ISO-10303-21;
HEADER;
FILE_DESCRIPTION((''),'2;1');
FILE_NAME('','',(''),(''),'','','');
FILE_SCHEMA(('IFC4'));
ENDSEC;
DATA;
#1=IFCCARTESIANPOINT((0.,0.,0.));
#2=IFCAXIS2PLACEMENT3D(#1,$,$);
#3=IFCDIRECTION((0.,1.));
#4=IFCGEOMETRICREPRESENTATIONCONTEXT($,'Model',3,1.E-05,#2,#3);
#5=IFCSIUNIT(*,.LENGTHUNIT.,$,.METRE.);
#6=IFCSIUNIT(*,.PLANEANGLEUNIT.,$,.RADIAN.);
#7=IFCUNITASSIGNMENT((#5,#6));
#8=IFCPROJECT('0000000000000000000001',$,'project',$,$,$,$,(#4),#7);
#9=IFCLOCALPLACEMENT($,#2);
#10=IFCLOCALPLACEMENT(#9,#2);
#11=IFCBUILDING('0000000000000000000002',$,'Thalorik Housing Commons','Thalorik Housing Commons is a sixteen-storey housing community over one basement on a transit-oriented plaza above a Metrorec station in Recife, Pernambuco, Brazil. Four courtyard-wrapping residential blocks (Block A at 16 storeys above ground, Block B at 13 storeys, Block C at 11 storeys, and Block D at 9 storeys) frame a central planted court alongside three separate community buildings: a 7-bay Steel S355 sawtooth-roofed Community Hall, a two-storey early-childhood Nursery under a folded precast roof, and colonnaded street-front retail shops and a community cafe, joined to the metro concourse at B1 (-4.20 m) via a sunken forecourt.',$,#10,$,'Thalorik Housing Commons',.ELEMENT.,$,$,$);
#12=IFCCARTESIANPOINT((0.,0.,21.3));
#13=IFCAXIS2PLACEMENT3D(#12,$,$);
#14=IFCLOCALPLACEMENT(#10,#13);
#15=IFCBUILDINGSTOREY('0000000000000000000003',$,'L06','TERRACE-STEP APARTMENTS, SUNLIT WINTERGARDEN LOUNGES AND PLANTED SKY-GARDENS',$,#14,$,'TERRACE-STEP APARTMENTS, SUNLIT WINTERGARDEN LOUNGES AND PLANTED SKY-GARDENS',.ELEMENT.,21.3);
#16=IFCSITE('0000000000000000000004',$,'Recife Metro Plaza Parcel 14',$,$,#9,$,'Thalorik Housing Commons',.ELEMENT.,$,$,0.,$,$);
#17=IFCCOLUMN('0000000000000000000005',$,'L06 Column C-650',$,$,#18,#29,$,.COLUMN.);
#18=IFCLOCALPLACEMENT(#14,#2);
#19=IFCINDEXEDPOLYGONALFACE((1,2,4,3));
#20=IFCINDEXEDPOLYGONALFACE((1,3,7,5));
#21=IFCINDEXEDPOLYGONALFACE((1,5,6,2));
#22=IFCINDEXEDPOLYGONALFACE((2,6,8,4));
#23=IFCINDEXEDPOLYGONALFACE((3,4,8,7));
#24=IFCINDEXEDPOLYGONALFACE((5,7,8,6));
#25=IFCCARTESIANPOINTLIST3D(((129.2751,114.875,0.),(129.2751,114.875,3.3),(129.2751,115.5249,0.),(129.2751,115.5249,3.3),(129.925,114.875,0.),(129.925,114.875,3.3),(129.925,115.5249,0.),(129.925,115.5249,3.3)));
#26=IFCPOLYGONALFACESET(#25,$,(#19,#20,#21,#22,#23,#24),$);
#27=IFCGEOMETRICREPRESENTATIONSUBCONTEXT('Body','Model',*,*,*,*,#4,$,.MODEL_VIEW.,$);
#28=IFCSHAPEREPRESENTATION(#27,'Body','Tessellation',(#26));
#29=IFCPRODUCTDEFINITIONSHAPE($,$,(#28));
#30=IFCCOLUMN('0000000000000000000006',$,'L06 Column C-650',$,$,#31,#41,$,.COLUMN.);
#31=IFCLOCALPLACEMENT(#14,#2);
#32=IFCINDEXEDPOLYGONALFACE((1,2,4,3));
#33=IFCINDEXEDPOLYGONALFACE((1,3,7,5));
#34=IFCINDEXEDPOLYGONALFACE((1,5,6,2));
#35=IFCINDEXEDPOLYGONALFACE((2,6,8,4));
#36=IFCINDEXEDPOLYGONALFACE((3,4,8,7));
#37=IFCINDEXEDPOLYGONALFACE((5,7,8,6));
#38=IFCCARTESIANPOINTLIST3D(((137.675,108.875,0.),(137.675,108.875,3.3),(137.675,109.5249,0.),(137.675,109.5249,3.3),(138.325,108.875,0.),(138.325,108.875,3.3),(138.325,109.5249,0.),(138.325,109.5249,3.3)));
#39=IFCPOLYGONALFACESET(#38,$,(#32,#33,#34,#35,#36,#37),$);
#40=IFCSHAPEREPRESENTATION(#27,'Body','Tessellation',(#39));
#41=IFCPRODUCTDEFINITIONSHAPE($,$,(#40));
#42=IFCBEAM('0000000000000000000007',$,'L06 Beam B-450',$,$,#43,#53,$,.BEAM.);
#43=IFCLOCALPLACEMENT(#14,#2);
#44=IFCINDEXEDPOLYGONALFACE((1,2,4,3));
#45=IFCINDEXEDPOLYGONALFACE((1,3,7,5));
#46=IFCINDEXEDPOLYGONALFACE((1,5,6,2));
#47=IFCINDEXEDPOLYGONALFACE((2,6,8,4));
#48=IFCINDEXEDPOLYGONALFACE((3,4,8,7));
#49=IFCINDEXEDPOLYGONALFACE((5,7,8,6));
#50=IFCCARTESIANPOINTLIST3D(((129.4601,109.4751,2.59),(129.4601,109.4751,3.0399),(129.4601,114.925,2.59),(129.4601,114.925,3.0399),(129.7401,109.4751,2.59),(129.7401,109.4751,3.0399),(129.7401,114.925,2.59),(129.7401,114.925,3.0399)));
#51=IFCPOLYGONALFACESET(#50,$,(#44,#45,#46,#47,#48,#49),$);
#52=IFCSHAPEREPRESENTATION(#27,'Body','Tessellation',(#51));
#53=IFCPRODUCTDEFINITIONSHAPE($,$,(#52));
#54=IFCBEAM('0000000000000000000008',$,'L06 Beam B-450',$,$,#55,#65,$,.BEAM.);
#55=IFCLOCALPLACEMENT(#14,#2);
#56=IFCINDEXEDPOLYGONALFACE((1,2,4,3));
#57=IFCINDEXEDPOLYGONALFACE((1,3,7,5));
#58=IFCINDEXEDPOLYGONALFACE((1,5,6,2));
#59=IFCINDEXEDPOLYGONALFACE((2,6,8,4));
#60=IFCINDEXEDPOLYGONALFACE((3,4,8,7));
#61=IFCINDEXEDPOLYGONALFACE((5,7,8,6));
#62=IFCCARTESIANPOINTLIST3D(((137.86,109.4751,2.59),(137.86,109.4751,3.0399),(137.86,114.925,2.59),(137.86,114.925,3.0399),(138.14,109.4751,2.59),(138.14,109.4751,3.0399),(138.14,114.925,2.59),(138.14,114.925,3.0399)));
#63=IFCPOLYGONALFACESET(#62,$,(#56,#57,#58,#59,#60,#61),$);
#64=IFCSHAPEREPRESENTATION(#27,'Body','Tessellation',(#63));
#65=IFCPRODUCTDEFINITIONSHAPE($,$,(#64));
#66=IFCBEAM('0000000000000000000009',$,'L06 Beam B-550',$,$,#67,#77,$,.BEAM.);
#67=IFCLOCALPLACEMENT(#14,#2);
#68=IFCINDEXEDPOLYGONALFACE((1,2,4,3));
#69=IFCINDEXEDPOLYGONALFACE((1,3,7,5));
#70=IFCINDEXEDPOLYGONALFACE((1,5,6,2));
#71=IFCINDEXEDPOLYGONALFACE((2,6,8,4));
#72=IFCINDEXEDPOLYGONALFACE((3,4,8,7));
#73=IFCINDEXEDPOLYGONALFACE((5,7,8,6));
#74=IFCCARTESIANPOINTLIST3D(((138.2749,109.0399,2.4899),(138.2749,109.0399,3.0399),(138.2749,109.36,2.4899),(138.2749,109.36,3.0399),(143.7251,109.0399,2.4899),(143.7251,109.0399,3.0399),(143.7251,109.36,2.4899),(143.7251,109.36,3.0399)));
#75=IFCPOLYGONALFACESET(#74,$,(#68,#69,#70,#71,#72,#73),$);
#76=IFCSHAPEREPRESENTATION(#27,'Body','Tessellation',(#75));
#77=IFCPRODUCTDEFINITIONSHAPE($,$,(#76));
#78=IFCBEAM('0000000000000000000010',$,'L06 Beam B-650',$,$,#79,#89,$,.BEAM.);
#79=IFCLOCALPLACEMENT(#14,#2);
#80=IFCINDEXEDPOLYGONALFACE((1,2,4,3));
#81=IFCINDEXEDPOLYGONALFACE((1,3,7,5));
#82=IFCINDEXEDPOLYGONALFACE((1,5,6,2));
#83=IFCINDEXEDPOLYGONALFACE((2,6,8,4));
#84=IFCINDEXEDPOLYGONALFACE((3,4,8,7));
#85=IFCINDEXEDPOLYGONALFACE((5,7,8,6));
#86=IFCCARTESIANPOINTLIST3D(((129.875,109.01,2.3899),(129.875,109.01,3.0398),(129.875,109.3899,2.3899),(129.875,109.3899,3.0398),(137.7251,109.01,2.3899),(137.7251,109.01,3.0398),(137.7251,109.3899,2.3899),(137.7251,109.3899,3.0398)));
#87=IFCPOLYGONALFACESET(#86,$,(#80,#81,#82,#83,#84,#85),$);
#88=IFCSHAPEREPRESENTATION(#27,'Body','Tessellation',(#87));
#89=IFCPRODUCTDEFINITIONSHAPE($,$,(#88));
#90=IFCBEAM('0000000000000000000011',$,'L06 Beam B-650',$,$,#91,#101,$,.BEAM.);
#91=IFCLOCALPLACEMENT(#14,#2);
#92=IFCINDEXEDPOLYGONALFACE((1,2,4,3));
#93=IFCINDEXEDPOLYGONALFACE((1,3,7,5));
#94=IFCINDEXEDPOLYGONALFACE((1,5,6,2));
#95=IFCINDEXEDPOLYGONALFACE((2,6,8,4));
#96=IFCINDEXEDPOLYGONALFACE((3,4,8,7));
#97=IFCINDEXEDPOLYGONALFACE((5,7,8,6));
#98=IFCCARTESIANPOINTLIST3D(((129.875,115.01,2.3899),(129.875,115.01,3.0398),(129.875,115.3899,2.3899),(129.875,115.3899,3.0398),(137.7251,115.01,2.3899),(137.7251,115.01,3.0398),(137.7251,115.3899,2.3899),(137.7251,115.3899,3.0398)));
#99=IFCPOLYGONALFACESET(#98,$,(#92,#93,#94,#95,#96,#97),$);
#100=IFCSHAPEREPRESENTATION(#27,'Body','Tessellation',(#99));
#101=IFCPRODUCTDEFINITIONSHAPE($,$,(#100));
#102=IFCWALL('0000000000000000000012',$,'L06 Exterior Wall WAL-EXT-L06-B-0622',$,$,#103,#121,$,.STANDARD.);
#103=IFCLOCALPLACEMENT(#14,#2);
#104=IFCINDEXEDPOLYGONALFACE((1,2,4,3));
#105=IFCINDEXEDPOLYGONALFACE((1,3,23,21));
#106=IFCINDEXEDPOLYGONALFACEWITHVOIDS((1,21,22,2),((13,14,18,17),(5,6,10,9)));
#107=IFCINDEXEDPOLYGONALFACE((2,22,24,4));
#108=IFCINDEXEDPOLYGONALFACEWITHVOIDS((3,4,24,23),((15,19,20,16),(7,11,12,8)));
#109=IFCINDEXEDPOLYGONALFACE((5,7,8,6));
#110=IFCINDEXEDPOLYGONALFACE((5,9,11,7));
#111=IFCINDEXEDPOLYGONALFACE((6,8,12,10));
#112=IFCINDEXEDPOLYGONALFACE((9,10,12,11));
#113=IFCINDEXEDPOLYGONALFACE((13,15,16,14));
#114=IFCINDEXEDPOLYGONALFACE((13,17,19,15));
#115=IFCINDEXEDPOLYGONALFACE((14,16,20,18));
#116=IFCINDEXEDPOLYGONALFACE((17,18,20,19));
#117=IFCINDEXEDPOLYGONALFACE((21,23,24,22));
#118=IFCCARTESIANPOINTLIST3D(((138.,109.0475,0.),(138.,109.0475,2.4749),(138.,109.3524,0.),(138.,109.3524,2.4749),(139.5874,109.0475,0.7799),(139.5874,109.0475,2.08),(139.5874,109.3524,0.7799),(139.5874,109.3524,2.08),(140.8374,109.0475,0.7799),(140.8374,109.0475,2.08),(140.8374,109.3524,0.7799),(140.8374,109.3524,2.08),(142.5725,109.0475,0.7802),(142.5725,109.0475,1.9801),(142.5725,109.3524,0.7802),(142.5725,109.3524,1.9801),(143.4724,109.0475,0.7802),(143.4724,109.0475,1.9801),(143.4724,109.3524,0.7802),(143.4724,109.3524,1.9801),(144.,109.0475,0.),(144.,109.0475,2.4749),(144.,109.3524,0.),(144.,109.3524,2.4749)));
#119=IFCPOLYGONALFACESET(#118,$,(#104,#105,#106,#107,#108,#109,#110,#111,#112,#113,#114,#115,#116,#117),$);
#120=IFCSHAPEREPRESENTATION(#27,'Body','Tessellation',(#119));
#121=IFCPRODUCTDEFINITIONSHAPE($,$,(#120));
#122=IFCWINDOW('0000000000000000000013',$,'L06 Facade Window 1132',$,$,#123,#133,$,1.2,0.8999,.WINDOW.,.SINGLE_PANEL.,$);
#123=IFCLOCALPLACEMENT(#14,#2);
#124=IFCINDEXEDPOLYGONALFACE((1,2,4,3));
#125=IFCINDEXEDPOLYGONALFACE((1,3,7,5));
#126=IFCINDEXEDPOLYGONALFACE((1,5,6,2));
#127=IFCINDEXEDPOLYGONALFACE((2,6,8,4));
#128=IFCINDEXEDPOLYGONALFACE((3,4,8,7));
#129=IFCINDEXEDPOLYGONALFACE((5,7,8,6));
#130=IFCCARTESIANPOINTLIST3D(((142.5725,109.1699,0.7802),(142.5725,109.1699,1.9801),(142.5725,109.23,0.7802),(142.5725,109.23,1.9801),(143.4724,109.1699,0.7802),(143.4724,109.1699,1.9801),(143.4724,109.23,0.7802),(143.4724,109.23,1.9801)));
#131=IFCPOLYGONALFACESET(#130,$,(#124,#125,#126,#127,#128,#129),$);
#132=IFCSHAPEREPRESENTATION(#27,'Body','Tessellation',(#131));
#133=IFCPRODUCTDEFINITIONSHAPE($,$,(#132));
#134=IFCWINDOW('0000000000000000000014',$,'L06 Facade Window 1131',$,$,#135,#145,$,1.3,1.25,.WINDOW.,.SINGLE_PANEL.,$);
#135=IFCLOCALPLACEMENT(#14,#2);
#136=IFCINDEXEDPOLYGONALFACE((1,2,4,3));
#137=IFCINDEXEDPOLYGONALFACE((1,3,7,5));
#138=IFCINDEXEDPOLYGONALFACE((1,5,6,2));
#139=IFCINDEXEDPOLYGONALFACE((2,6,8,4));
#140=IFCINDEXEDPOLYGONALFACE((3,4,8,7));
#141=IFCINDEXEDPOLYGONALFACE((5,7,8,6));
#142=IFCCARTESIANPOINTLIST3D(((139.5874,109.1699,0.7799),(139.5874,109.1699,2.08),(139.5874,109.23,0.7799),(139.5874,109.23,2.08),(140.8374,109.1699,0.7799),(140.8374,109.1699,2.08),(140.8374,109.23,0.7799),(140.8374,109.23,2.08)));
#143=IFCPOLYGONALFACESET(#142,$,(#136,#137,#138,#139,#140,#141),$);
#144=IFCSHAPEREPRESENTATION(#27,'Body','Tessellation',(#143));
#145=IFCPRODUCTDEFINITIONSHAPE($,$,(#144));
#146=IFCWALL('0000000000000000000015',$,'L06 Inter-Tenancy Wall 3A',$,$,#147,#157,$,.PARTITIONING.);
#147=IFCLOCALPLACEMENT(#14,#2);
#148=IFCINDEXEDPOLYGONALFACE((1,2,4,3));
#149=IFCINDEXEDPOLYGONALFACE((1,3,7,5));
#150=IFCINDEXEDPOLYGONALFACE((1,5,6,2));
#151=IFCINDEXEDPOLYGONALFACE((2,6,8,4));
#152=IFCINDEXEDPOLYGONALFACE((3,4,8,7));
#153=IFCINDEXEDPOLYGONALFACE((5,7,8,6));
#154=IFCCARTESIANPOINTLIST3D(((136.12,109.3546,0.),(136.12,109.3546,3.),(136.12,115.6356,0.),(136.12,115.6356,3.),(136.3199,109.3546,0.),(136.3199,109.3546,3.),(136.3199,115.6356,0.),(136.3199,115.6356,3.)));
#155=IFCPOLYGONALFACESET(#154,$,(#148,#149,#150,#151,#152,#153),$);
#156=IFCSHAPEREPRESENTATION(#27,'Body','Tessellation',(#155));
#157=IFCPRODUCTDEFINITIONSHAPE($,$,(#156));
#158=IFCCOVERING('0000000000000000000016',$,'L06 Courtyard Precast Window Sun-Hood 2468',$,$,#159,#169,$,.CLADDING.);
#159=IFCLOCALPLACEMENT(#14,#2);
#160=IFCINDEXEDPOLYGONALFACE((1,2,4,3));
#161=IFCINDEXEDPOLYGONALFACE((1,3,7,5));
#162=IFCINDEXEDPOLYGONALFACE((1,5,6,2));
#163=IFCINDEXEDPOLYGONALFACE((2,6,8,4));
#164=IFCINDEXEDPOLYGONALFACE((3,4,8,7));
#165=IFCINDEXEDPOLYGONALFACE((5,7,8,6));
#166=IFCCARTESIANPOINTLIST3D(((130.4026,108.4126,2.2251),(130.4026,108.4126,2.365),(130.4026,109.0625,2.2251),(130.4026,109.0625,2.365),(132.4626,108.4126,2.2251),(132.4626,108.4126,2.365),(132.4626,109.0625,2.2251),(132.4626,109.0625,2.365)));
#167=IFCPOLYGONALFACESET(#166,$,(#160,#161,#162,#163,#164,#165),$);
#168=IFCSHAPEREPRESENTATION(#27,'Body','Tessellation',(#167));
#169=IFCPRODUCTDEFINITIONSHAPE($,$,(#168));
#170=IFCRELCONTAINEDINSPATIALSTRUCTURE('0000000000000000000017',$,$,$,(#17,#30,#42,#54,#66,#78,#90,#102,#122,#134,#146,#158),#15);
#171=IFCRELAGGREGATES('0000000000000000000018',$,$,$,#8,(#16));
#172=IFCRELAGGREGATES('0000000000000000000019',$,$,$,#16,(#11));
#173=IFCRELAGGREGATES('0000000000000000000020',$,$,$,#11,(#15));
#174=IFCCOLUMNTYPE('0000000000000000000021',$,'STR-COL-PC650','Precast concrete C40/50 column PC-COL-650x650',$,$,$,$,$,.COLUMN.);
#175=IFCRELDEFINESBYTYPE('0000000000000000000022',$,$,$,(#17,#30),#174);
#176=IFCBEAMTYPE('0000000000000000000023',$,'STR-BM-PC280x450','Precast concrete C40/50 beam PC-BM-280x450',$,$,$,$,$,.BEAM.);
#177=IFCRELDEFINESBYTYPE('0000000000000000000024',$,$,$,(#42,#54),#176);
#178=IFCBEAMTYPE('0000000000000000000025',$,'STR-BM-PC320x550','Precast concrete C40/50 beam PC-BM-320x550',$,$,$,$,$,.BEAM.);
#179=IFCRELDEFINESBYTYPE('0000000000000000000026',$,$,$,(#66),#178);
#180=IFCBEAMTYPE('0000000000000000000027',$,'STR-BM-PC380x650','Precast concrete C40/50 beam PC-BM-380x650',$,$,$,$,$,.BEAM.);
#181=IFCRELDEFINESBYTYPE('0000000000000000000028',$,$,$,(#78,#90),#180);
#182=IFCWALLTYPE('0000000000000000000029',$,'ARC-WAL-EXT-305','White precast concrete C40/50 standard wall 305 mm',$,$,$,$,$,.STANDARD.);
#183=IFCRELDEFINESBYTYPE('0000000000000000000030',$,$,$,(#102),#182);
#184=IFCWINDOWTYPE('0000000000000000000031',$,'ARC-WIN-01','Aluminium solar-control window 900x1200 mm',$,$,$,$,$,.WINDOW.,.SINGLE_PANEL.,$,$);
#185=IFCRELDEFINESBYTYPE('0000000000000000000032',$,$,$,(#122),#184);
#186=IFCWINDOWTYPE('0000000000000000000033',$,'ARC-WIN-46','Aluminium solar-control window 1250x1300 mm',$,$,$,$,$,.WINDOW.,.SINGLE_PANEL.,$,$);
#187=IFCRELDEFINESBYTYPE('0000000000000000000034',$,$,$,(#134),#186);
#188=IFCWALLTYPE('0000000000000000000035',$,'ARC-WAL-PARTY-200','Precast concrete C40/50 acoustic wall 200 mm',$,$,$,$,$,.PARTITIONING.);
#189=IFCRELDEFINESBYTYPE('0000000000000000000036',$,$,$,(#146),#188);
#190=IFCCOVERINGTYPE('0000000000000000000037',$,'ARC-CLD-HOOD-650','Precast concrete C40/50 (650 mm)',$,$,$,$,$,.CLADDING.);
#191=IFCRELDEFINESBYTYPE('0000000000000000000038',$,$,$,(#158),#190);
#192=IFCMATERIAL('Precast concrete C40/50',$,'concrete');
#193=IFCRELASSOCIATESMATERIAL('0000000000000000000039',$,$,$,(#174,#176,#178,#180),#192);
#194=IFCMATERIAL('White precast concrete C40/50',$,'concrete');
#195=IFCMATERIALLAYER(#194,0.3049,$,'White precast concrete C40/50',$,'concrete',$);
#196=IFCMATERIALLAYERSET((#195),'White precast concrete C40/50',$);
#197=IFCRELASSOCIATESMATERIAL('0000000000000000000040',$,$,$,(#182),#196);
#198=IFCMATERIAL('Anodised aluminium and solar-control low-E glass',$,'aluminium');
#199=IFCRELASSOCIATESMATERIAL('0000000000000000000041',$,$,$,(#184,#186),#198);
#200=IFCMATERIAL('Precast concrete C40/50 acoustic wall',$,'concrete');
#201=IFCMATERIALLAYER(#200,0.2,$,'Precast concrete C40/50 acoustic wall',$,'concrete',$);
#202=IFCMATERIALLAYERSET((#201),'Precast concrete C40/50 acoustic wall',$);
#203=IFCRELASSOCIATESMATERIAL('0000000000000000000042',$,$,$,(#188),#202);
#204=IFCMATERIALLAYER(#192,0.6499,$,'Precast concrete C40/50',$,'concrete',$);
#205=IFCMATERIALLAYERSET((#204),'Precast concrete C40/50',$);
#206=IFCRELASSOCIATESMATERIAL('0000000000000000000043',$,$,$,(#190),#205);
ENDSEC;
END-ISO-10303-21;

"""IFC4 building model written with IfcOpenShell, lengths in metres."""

from ifc_helpers import new_model, si_unit, direction, frame, frame_2d, origin, origin_2d, place, context, subcontext, project, spatial, rectangle, extrude, material, layer, layer_set, material_profile, profile_set, type_object, element, fill, save


model = new_model("IFC4")

# Units and contexts
model_context = context("Model", 3, precision=1e-05, world=origin(), true_north=direction((0.0, 1.0)))
body_context = subcontext(model_context, "Body", "Model", "MODEL_VIEW")
ifc_project = project(units=[si_unit("LENGTHUNIT", "METRE"), si_unit("PLANEANGLEUNIT", "RADIAN")], contexts=[model_context])

# Site, building, storey
site_placement = place(None, origin())
site = spatial("IfcSite", under=ifc_project, at=site_placement, Name="Recife Metro Plaza Parcel 14", LongName="Thalorik Housing Commons", CompositionType="ELEMENT", RefElevation=0.0)
building_placement = place(site_placement, origin())
building = spatial("IfcBuilding", under=site, at=building_placement, Name="Thalorik Housing Commons", Description="Thalorik Housing Commons is a sixteen-storey housing community over one basement on a transit-oriented plaza above a Metrorec station in Recife, Pernambuco, Brazil. Four courtyard-wrapping residential blocks (Block A at 16 storeys above ground, Block B at 13 storeys, Block C at 11 storeys, and Block D at 9 storeys) frame a central planted court alongside three separate community buildings: a 7-bay Steel S355 sawtooth-roofed Community Hall, a two-storey early-childhood Nursery under a folded precast roof, and colonnaded street-front retail shops and a community cafe, joined to the metro concourse at B1 (-4.20 m) via a sunken forecourt.", LongName="Thalorik Housing Commons", CompositionType="ELEMENT")
storey_placement = place(building_placement, frame((0.0, 0.0, 21.3)))
storey = spatial("IfcBuildingStorey", under=building, at=storey_placement, Name="L06", Description="TERRACE-STEP APARTMENTS, SUNLIT WINTERGARDEN LOUNGES AND PLANTED SKY-GARDENS", LongName="TERRACE-STEP APARTMENTS, SUNLIT WINTERGARDEN LOUNGES AND PLANTED SKY-GARDENS", CompositionType="ELEMENT", Elevation=21.3)

# Columns
ifc_material_1 = material(Name="Precast concrete C40/50", Category="concrete")
ifc_material_profile_1 = material_profile(ifc_material_1, rectangle(XDim=0.6499, YDim=0.6499, at=origin_2d()), Name="PC 650x650", Category="concrete")
ifc_profile_set_1 = profile_set([ifc_material_profile_1], Name="Precast concrete C40/50")
column_type = type_object("IfcColumnType", Name="STR-COL-PC650", Description="Precast concrete C40/50 column PC-COL-650x650", PredefinedType="COLUMN", material=ifc_profile_set_1)
for number, where, z_axis, x_axis, name in (
    (1, (129.6001, 115.2, 0.0), (0.0, 0.0, 1.0), (1.0, 0.0, 0.0), "L06 Column C-650"),
    (2, (138.0, 109.2, 0.0), (0.0, 0.0, 1.0), (1.0, 0.0, 0.0), "L06 Column C-650"),
):
    element("IfcColumn", number, at=place(storey_placement, frame(where, z_axis=z_axis, x_axis=x_axis)), inside=storey, type_object=column_type, Name=name, PredefinedType="COLUMN", context=body_context, shape_type="SweptSolid", body=[
        extrude(rectangle(XDim=0.6499, YDim=0.6499, at=origin_2d()), origin(), (0.0, 0.0, 1.0), 3.3),
    ])

# Beams
ifc_material_profile_2 = material_profile(ifc_material_1, rectangle(XDim=0.28, YDim=0.45, at=origin_2d()), Name="PC 280x450", Category="concrete")
ifc_profile_set_2 = profile_set([ifc_material_profile_2], Name="Precast concrete C40/50")
beam_type_1 = type_object("IfcBeamType", Name="STR-BM-PC280x450", Description="Precast concrete C40/50 beam PC-BM-280x450", PredefinedType="BEAM", material=ifc_profile_set_2)
for number, where, z_axis, x_axis, name in (
    (3, (129.6001, 109.4751, 2.8149), (0.0, 1.0, 0.0), (-1.0, 0.0, 0.0), "L06 Beam B-450"),
    (4, (138.0, 109.4751, 2.8149), (0.0, 1.0, 0.0), (-1.0, 0.0, 0.0), "L06 Beam B-450"),
):
    element("IfcBeam", number, at=place(storey_placement, frame(where, z_axis=z_axis, x_axis=x_axis)), inside=storey, type_object=beam_type_1, Name=name, PredefinedType="BEAM", context=body_context, shape_type="SweptSolid", body=[
        extrude(rectangle(XDim=0.28, YDim=0.45, at=origin_2d()), origin(), (0.0, 0.0, 1.0), 5.45),
    ])
ifc_material_profile_3 = material_profile(ifc_material_1, rectangle(XDim=0.3201, YDim=0.55, at=origin_2d()), Name="PC 320x550", Category="concrete")
ifc_profile_set_3 = profile_set([ifc_material_profile_3], Name="Precast concrete C40/50")
beam_type_2 = type_object("IfcBeamType", Name="STR-BM-PC320x550", Description="Precast concrete C40/50 beam PC-BM-320x550", PredefinedType="BEAM", material=ifc_profile_set_3)
beam_placement = place(storey_placement, frame((138.2749, 109.2, 2.7649), z_axis=(1.0, 0.0, 0.0), x_axis=(0.0, 1.0, 0.0)))
element("IfcBeam", 5, at=beam_placement, inside=storey, type_object=beam_type_2, Name="L06 Beam B-550", PredefinedType="BEAM", context=body_context, shape_type="SweptSolid", body=[
    extrude(rectangle(XDim=0.3201, YDim=0.55, at=origin_2d()), origin(), (0.0, 0.0, 1.0), 5.4502),
])
ifc_material_profile_4 = material_profile(ifc_material_1, rectangle(XDim=0.3799, YDim=0.6499, at=origin_2d()), Name="PC 380x650", Category="concrete")
ifc_profile_set_4 = profile_set([ifc_material_profile_4], Name="Precast concrete C40/50")
beam_type_3 = type_object("IfcBeamType", Name="STR-BM-PC380x650", Description="Precast concrete C40/50 beam PC-BM-380x650", PredefinedType="BEAM", material=ifc_profile_set_4)
for number, where, z_axis, x_axis, name in (
    (6, (129.875, 109.2, 2.7148), (1.0, 0.0, 0.0), (0.0, 1.0, 0.0), "L06 Beam B-650"),
    (7, (129.875, 115.2, 2.7148), (1.0, 0.0, 0.0), (0.0, 1.0, 0.0), "L06 Beam B-650"),
):
    element("IfcBeam", number, at=place(storey_placement, frame(where, z_axis=z_axis, x_axis=x_axis)), inside=storey, type_object=beam_type_3, Name=name, PredefinedType="BEAM", context=body_context, shape_type="SweptSolid", body=[
        extrude(rectangle(XDim=0.3799, YDim=0.6499, at=origin_2d()), origin(), (0.0, 0.0, 1.0), 7.8501),
    ])

# Wall, openings, windows
ifc_material_2 = material(Name="White precast concrete C40/50", Category="concrete")
ifc_layer_1 = layer(ifc_material_2, 0.3049, Name="White precast concrete C40/50", Category="concrete")
ifc_layer_set_1 = layer_set([ifc_layer_1], Name="White precast concrete C40/50")
wall_type_1 = type_object("IfcWallType", Name="ARC-WAL-EXT-305", Description="White precast concrete C40/50 standard wall 305 mm", PredefinedType="STANDARD", material=ifc_layer_set_1)
wall_1_placement = place(storey_placement, frame((138.0, 109.2, 0.0), z_axis=(0.0, 0.0, 1.0), x_axis=(1.0, 0.0, 0.0)))
wall_1 = element("IfcWall", 8, at=wall_1_placement, inside=storey, type_object=wall_type_1, Name="L06 Exterior Wall WAL-EXT-L06-B-0622", PredefinedType="STANDARD", context=body_context, shape_type="SweptSolid", body=[
    extrude(rectangle(XDim=6.0, YDim=0.3049, at=frame_2d((3.0, 0.0))), origin(), (0.0, 0.0, 1.0), 2.4749),
])
opening_1_placement = place(wall_1_placement, frame((1.5874, 0.0, 0.78)))
opening_1 = element("IfcOpeningElement", 9, at=opening_1_placement, cuts=wall_1, PredefinedType="OPENING", context=body_context, shape_type="SweptSolid", body=[
    extrude(rectangle(XDim=1.25, YDim=1.3, at=frame_2d((0.625, 0.6499))), frame((0.0, 0.1626, 0.0), z_axis=(0.0, -1.0, 0.0), x_axis=(1.0, 0.0, 0.0)), (0.0, 0.0, 1.0), 0.325),
])
opening_2_placement = place(wall_1_placement, frame((4.5725, 0.0, 0.78)))
opening_2 = element("IfcOpeningElement", 10, at=opening_2_placement, cuts=wall_1, PredefinedType="OPENING", context=body_context, shape_type="SweptSolid", body=[
    extrude(rectangle(XDim=0.8999, YDim=1.2, at=frame_2d((0.45, 0.6001))), frame((0.0, 0.1626, 0.0), z_axis=(0.0, -1.0, 0.0), x_axis=(1.0, 0.0, 0.0)), (0.0, 0.0, 1.0), 0.325),
])
ifc_material_3 = material(Name="Anodised aluminium and solar-control low-E glass", Category="aluminium")
window_type_1 = type_object("IfcWindowType", Name="ARC-WIN-01", Description="Aluminium solar-control window 900x1200 mm", PartitioningType="SINGLE_PANEL", PredefinedType="WINDOW", material=ifc_material_3)
window_1_placement = place(opening_2_placement, origin())
window_1 = element("IfcWindow", 11, at=window_1_placement, inside=storey, type_object=window_type_1, Name="L06 Facade Window 1132", OverallHeight=1.2, OverallWidth=0.8999, PartitioningType="SINGLE_PANEL", PredefinedType="WINDOW", context=body_context, shape_type="SweptSolid", body=[
    extrude(rectangle(XDim=0.8999, YDim=1.2, at=frame_2d((0.45, 0.6001))), frame((0.0, 0.03, 0.0), z_axis=(0.0, -1.0, 0.0), x_axis=(1.0, 0.0, 0.0)), (0.0, 0.0, 1.0), 0.0601),
])
fill(opening_2, window_1)
window_type_2 = type_object("IfcWindowType", Name="ARC-WIN-46", Description="Aluminium solar-control window 1250x1300 mm", PartitioningType="SINGLE_PANEL", PredefinedType="WINDOW", material=ifc_material_3)
window_2_placement = place(opening_1_placement, origin())
window_2 = element("IfcWindow", 12, at=window_2_placement, inside=storey, type_object=window_type_2, Name="L06 Facade Window 1131", OverallHeight=1.3, OverallWidth=1.25, PartitioningType="SINGLE_PANEL", PredefinedType="WINDOW", context=body_context, shape_type="SweptSolid", body=[
    extrude(rectangle(XDim=1.25, YDim=1.3, at=frame_2d((0.625, 0.6499))), frame((0.0, 0.03, 0.0), z_axis=(0.0, -1.0, 0.0), x_axis=(1.0, 0.0, 0.0)), (0.0, 0.0, 1.0), 0.0601),
])
fill(opening_1, window_2)

# Wall
ifc_material_4 = material(Name="Precast concrete C40/50 acoustic wall", Category="concrete")
ifc_layer_2 = layer(ifc_material_4, 0.2, Name="Precast concrete C40/50 acoustic wall", Category="concrete")
ifc_layer_set_2 = layer_set([ifc_layer_2], Name="Precast concrete C40/50 acoustic wall")
wall_type_2 = type_object("IfcWallType", Name="ARC-WAL-PARTY-200", Description="Precast concrete C40/50 acoustic wall 200 mm", PredefinedType="PARTITIONING", material=ifc_layer_set_2)
wall_2_placement = place(storey_placement, frame((136.22, 109.3545, 0.0), z_axis=(0.0, 0.0, 1.0), x_axis=(0.0, 1.0, 0.0)))
element("IfcWall", 13, at=wall_2_placement, inside=storey, type_object=wall_type_2, Name="L06 Inter-Tenancy Wall 3A", PredefinedType="PARTITIONING", context=body_context, shape_type="SweptSolid", body=[
    extrude(rectangle(XDim=6.281, YDim=0.2, at=frame_2d((3.1406, 0.0))), origin(), (0.0, 0.0, 1.0), 3.0),
])

# Covering
ifc_layer_3 = layer(ifc_material_1, 0.6499, Name="Precast concrete C40/50", Category="concrete")
ifc_layer_set_3 = layer_set([ifc_layer_3], Name="Precast concrete C40/50")
covering_type = type_object("IfcCoveringType", Name="ARC-CLD-HOOD-650", Description="Precast concrete C40/50 (650 mm)", PredefinedType="CLADDING", material=ifc_layer_set_3)
covering_1_placement = place(storey_placement, frame((131.4326, 108.7375, 2.2251), z_axis=(0.0, 0.0, 1.0), x_axis=(1.0, 0.0, 0.0)))
element("IfcCovering", 14, at=covering_1_placement, inside=storey, type_object=covering_type, Name="L06 Courtyard Precast Window Sun-Hood 2468", PredefinedType="CLADDING", context=body_context, shape_type="SweptSolid", body=[
    extrude(rectangle(XDim=2.0601, YDim=0.6499, at=origin_2d()), origin(), (0.0, 0.0, 1.0), 0.1399),
])

save(model, "model.ifc")
